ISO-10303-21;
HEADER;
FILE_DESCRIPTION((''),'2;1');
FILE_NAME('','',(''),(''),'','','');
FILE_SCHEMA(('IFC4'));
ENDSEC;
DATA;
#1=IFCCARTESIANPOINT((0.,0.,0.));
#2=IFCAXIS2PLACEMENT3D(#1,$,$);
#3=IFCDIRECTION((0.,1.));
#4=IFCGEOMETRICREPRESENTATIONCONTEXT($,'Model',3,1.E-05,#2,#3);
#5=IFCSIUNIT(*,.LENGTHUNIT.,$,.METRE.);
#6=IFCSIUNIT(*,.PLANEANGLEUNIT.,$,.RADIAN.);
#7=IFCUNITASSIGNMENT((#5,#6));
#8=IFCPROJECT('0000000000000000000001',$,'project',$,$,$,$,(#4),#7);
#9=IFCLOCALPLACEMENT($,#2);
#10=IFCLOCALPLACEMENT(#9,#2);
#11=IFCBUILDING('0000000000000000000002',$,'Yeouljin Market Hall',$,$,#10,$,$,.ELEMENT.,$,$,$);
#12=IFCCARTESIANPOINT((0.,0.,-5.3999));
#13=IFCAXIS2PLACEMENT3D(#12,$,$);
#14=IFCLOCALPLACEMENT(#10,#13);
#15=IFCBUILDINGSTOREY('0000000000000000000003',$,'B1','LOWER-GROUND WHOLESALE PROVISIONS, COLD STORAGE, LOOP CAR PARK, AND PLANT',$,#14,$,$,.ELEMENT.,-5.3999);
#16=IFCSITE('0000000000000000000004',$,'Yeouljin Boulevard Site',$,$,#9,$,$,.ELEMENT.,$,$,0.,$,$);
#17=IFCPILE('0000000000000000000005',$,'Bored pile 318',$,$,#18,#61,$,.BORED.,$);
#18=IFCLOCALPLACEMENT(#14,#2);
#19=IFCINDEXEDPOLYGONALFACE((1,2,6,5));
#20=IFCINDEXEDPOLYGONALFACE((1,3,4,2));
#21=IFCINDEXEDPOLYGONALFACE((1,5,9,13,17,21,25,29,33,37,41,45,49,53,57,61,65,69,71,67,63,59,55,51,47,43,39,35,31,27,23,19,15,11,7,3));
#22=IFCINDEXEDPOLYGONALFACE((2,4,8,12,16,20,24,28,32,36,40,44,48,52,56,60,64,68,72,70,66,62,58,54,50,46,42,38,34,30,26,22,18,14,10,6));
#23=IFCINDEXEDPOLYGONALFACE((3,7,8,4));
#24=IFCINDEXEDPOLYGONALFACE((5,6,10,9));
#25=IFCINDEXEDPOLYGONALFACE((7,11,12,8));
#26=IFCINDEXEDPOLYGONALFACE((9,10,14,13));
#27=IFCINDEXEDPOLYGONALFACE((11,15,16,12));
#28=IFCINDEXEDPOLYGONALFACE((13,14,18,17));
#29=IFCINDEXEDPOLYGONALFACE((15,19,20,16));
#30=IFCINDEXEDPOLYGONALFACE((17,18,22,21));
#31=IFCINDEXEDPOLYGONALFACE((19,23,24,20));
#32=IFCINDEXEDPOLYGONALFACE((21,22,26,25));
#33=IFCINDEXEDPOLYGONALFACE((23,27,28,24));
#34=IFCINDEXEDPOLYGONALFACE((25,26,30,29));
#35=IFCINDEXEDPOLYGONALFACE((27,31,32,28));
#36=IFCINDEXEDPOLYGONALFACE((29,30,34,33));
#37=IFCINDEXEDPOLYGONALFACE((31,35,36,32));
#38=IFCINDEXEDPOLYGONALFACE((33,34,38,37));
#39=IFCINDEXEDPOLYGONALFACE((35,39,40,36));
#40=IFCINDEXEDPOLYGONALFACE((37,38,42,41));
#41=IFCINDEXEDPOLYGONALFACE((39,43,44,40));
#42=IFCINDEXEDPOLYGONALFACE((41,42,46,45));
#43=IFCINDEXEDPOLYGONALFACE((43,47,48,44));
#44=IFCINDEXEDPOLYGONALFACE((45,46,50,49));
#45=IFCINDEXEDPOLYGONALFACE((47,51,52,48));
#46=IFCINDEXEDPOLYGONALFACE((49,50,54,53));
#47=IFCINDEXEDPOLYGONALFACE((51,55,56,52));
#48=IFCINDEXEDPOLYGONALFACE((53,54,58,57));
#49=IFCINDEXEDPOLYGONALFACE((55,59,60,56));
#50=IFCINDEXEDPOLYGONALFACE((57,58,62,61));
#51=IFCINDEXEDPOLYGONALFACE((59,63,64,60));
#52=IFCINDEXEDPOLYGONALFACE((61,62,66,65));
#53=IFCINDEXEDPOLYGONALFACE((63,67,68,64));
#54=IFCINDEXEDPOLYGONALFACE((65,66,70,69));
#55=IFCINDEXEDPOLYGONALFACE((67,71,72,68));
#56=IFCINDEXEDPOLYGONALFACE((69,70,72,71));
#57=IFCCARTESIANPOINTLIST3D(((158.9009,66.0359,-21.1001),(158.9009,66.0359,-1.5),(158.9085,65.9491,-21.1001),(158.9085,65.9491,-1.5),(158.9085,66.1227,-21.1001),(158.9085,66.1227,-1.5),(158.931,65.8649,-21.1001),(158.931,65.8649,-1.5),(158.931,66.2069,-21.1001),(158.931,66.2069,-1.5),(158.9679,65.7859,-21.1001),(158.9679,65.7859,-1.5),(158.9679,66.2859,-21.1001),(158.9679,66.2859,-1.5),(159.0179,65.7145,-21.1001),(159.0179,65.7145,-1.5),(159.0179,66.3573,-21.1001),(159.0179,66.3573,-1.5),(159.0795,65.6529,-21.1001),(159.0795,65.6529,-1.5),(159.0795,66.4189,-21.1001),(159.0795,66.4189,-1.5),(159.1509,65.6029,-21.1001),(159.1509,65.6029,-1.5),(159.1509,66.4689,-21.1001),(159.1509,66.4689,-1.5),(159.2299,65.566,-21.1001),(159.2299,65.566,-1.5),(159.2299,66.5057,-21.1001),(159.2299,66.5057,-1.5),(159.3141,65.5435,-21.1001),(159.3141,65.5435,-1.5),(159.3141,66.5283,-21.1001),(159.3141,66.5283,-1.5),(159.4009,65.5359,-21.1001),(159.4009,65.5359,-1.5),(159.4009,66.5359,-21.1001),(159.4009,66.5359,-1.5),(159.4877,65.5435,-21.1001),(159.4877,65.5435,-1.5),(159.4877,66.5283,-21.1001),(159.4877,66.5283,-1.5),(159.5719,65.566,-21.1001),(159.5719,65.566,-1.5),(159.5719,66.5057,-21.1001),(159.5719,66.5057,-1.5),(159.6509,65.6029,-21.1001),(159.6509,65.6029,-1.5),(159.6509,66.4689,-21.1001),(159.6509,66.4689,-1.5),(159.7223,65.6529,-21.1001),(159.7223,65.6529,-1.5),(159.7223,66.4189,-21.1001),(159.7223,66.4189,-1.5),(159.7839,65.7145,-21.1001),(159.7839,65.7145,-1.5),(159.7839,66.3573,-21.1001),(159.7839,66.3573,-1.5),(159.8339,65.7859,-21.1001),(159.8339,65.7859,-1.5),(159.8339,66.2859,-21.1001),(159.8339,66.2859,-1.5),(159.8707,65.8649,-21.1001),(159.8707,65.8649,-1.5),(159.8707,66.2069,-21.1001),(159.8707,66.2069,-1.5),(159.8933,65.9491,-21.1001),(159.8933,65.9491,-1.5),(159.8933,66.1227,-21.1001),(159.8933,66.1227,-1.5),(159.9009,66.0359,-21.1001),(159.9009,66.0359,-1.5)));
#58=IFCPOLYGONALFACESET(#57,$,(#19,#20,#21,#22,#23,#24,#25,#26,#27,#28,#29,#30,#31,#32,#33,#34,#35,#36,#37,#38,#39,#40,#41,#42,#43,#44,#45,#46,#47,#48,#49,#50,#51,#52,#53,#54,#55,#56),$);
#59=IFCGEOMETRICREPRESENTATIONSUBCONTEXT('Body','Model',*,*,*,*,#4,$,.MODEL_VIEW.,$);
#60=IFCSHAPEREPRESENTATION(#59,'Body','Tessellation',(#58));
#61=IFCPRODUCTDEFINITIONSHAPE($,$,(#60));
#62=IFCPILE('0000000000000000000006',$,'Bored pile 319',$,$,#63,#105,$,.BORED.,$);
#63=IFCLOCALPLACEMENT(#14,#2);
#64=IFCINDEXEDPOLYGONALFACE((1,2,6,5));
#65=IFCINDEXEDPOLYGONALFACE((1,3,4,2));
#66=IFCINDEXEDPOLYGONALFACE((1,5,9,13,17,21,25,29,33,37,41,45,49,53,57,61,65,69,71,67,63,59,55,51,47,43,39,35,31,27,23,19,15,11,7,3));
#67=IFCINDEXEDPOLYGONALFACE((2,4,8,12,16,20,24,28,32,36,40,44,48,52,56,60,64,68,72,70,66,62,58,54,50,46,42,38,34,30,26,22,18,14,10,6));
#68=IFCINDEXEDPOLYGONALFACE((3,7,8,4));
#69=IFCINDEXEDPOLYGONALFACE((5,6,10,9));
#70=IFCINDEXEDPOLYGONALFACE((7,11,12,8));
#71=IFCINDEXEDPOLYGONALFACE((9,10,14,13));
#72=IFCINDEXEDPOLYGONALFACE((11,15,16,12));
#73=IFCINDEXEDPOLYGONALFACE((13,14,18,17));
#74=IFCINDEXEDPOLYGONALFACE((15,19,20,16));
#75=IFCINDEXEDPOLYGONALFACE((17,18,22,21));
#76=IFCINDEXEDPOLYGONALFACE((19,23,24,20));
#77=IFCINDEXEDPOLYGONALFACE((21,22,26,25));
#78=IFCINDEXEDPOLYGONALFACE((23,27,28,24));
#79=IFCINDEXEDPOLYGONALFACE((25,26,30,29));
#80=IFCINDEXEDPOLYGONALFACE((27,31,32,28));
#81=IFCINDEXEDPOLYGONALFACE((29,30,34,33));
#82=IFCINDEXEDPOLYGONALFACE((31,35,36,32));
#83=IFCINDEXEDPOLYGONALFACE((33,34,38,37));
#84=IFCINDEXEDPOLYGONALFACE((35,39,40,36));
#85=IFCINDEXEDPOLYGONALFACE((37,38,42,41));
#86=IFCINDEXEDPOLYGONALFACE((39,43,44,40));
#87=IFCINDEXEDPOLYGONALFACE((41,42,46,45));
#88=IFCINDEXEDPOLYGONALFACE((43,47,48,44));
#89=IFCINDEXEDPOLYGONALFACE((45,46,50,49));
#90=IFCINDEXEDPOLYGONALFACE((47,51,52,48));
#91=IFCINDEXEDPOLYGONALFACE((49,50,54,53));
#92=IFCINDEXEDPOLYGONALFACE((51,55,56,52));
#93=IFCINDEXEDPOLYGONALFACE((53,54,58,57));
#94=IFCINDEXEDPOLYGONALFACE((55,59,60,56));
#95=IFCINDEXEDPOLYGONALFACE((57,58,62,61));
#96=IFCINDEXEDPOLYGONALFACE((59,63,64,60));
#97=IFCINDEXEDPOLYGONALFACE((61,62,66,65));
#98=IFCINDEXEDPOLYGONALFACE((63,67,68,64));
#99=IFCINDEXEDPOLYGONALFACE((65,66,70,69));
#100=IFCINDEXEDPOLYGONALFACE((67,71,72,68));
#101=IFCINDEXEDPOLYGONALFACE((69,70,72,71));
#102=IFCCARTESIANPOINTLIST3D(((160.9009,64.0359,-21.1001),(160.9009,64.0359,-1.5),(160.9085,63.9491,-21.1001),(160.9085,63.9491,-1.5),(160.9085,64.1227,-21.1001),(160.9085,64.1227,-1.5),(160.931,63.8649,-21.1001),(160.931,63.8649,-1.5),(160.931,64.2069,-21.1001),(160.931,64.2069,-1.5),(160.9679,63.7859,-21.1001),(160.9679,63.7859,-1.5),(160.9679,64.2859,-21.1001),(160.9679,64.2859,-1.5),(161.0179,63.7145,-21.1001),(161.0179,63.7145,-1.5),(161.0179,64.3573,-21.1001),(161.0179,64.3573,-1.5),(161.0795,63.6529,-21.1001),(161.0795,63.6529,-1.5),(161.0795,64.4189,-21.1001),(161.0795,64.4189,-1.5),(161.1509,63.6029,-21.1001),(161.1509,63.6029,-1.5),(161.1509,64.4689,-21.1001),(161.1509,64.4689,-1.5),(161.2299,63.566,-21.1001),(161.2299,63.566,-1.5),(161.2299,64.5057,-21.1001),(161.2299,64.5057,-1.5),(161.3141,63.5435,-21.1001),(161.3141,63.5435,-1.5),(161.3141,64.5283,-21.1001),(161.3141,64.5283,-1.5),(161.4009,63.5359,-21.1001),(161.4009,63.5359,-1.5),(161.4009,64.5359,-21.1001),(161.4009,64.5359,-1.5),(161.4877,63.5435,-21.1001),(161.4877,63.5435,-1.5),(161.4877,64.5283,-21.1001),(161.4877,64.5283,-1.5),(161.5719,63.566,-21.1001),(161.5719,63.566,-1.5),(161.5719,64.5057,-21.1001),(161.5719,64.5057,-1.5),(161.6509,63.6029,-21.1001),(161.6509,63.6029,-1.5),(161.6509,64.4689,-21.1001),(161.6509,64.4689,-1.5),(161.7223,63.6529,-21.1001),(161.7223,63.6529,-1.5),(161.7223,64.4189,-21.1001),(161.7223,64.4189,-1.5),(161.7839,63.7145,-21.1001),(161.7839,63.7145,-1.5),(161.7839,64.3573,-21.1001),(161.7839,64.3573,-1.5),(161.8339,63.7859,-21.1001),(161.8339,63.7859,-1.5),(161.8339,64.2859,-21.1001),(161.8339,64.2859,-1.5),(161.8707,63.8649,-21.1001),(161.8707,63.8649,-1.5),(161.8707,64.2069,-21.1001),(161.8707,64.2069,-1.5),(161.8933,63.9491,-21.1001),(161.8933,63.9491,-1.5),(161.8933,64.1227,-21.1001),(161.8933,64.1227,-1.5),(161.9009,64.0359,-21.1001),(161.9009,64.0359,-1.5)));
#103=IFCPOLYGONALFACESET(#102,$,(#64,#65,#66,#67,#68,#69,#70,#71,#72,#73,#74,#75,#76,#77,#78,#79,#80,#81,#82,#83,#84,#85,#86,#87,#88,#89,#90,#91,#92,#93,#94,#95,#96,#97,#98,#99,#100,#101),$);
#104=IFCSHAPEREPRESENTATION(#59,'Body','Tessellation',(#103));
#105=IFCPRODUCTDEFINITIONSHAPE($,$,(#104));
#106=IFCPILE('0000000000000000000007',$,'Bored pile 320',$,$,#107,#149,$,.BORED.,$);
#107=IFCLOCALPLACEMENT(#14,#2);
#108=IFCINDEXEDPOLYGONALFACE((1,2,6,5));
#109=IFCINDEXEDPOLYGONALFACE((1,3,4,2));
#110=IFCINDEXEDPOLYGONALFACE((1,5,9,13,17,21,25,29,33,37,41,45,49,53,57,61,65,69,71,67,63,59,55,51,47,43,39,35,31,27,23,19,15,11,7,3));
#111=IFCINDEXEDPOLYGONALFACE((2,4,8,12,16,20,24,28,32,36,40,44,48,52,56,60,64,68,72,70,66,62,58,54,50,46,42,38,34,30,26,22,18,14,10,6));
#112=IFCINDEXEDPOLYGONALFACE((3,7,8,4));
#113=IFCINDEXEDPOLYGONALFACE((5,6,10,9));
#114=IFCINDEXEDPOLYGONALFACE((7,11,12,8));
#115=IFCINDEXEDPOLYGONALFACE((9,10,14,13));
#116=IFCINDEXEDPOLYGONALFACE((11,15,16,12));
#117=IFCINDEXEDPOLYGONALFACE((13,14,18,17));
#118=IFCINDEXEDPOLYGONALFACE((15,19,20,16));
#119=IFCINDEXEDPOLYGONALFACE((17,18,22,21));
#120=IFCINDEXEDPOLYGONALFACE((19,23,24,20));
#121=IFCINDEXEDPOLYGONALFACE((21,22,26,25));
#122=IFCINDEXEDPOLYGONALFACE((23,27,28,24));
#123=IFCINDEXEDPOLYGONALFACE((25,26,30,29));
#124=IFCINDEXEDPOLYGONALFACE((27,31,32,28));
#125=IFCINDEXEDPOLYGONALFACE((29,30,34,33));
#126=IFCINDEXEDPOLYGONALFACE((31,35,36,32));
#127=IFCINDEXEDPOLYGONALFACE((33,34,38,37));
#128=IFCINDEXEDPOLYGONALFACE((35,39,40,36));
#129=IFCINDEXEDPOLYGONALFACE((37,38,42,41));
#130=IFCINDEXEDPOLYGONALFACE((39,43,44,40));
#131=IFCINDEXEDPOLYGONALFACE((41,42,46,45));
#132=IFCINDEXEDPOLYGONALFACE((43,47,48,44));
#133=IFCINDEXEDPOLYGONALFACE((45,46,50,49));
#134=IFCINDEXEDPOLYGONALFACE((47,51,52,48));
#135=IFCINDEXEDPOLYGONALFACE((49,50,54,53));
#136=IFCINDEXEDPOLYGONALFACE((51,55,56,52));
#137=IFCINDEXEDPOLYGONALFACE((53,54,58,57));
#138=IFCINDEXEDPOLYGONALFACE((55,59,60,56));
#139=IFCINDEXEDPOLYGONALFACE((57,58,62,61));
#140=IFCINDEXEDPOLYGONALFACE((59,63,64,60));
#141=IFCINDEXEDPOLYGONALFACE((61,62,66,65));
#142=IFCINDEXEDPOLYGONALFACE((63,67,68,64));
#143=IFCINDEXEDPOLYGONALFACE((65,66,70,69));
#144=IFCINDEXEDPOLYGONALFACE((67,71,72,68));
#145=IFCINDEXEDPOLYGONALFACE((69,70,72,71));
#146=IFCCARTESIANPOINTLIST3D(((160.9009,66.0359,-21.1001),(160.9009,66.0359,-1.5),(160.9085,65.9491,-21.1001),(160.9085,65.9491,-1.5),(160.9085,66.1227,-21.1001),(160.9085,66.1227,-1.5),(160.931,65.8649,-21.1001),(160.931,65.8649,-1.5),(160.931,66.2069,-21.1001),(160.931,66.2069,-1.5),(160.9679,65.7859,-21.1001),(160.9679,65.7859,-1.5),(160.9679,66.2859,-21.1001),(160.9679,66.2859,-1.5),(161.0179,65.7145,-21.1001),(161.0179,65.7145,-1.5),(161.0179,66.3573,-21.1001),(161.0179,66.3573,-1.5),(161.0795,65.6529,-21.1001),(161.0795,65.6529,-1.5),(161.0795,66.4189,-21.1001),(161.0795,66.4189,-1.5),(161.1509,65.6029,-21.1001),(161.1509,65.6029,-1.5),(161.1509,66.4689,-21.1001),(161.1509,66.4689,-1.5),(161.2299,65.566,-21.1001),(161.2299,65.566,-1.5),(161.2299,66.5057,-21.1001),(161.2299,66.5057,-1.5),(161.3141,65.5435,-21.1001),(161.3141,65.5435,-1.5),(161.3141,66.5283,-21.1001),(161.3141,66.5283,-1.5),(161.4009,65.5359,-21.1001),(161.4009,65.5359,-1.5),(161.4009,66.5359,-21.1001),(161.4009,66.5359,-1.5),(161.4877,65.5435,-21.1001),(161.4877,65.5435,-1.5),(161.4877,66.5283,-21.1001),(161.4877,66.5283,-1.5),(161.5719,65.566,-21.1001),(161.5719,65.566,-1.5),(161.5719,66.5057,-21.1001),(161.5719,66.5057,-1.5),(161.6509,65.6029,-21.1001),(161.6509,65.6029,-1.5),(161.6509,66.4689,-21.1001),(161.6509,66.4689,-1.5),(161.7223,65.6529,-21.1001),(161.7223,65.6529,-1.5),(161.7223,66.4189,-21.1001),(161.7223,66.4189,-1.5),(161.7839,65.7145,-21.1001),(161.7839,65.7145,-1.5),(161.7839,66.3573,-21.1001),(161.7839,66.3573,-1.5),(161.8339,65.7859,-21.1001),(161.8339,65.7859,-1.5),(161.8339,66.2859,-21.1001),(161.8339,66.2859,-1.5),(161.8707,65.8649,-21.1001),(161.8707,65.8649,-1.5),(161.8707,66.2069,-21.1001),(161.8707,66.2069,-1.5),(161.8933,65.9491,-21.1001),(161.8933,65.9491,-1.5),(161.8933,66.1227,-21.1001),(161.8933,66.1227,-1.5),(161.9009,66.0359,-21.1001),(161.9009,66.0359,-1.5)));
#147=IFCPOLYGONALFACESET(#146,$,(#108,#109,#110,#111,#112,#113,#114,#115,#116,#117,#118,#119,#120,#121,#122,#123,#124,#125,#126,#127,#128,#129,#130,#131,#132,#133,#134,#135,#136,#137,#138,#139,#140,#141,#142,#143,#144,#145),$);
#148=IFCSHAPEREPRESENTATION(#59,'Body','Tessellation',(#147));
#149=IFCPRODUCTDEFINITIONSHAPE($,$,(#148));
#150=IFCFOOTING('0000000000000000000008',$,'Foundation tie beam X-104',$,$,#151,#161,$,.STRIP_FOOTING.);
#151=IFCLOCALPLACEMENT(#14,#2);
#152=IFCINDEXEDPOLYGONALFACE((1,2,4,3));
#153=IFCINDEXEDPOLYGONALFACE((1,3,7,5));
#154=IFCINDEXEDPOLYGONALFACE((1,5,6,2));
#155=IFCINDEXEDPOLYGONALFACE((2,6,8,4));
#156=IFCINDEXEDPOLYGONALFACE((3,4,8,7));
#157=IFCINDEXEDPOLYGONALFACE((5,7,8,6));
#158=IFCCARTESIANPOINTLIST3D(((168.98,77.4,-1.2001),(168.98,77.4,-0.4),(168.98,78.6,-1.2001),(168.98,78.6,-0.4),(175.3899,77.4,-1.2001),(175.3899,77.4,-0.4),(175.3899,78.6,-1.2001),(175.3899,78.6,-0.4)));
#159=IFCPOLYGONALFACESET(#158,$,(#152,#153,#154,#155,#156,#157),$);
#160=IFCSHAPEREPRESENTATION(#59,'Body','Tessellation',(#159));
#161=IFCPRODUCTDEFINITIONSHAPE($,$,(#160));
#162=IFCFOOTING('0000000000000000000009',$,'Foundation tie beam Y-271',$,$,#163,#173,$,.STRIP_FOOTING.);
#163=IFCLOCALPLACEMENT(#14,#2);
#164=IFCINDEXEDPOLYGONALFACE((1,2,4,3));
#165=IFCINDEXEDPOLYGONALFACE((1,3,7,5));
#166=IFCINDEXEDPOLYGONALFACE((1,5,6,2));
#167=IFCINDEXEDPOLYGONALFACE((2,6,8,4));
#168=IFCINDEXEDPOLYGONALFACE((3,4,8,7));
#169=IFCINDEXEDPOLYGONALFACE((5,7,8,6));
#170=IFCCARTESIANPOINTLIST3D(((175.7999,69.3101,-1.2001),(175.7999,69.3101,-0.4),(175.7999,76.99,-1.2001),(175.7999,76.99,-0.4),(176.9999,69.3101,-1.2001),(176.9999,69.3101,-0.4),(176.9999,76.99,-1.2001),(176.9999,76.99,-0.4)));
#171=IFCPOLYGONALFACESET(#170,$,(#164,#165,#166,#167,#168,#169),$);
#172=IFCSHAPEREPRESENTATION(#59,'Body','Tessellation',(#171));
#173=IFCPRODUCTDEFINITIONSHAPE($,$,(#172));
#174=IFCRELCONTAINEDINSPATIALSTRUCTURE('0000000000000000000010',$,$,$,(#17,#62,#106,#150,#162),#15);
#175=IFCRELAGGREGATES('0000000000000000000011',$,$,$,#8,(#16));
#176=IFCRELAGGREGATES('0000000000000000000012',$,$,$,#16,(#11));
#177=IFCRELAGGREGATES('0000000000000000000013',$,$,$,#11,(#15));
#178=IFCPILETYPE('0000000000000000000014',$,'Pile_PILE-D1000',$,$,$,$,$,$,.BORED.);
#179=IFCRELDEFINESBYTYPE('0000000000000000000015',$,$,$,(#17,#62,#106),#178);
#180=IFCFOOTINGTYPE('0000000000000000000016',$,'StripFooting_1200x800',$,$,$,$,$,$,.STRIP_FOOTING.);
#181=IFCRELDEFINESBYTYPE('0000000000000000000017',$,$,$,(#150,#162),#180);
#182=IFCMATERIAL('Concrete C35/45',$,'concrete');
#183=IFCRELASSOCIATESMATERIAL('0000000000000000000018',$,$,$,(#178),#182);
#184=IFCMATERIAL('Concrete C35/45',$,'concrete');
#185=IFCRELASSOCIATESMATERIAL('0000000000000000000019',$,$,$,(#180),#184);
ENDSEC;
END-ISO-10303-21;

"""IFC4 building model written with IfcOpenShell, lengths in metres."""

from ifc_helpers import new_model, si_unit, direction, frame, origin, origin_2d, place, context, subcontext, project, spatial, rectangle, circle, extrude, material, material_profile, profile_set, type_object, element, save


model = new_model("IFC4")

# Units and contexts
model_context = context("Model", 3, precision=1e-05, world=origin(), true_north=direction((0.0, 1.0)))
body_context = subcontext(model_context, "Body", "Model", "MODEL_VIEW")
ifc_project = project(units=[si_unit("LENGTHUNIT", "METRE"), si_unit("PLANEANGLEUNIT", "RADIAN")], contexts=[model_context])

# Site, building, storey
site_placement = place(None, origin())
site = spatial("IfcSite", under=ifc_project, at=site_placement, Name="Yeouljin Boulevard Site", CompositionType="ELEMENT", RefElevation=0.0)
building_placement = place(site_placement, origin())
building = spatial("IfcBuilding", under=site, at=building_placement, Name="Yeouljin Market Hall", CompositionType="ELEMENT")
storey_placement = place(building_placement, frame((0.0, 0.0, -5.3999)))
storey = spatial("IfcBuildingStorey", under=building, at=storey_placement, Name="B1", Description="LOWER-GROUND WHOLESALE PROVISIONS, COLD STORAGE, LOOP CAR PARK, AND PLANT", CompositionType="ELEMENT", Elevation=-5.3999)

# Piles
ifc_material_1 = material(Name="Concrete C35/45", Category="concrete")
ifc_material_profile_1 = material_profile(ifc_material_1, circle(Radius=0.5, at=origin_2d()), Name="PILE-D1000")
ifc_profile_set_1 = profile_set([ifc_material_profile_1], Name="Concrete C35/45")
pile_type = type_object("IfcPileType", Name="Pile_PILE-D1000", PredefinedType="BORED", material=ifc_profile_set_1)
for number, where, z_axis, x_axis, name in (
    (1, (159.4009, 66.0359, -1.5), (0.0, 0.0, -1.0), (1.0, 0.0, 0.0), "Bored pile 318"),
    (2, (161.4009, 64.0359, -1.5), (0.0, 0.0, -1.0), (1.0, 0.0, 0.0), "Bored pile 319"),
    (3, (161.4009, 66.0359, -1.5), (0.0, 0.0, -1.0), (1.0, 0.0, 0.0), "Bored pile 320"),
):
    element("IfcPile", number, at=place(storey_placement, frame(where, z_axis=z_axis, x_axis=x_axis)), inside=storey, type_object=pile_type, Name=name, PredefinedType="BORED", context=body_context, shape_type="SweptSolid", body=[
        extrude(circle(Radius=0.5, at=origin_2d()), origin(), (0.0, 0.0, 1.0), 19.6001),
    ])

# Footings
ifc_material_2 = material(Name="Concrete C35/45", Category="concrete")
ifc_material_profile_2 = material_profile(ifc_material_2, rectangle(XDim=1.2, YDim=0.8, at=origin_2d()), Name="SF-1200x800")
ifc_profile_set_2 = profile_set([ifc_material_profile_2], Name="Concrete C35/45")
footing_type_1 = type_object("IfcFootingType", Name="StripFooting_1200x800", PredefinedType="STRIP_FOOTING", material=ifc_profile_set_2)
footing_1_placement = place(storey_placement, frame((168.98, 78.0, -0.8), z_axis=(1.0, 0.0, 0.0), x_axis=(0.0, 1.0, 0.0)))
element("IfcFooting", 4, at=footing_1_placement, inside=storey, type_object=footing_type_1, Name="Foundation tie beam X-104", PredefinedType="STRIP_FOOTING", context=body_context, shape_type="SweptSolid", body=[
    extrude(rectangle(XDim=1.2, YDim=0.8, at=origin_2d()), origin(), (0.0, 0.0, 1.0), 6.4099),
])
footing_2_placement = place(storey_placement, frame((176.3999, 69.3101, -0.8), z_axis=(0.0, 1.0, 0.0), x_axis=(-1.0, 0.0, 0.0)))
element("IfcFooting", 5, at=footing_2_placement, inside=storey, type_object=footing_type_1, Name="Foundation tie beam Y-271", PredefinedType="STRIP_FOOTING", context=body_context, shape_type="SweptSolid", body=[
    extrude(rectangle(XDim=1.2, YDim=0.8, at=origin_2d()), origin(), (0.0, 0.0, 1.0), 7.6799),
])

save(model, "model.ifc")
